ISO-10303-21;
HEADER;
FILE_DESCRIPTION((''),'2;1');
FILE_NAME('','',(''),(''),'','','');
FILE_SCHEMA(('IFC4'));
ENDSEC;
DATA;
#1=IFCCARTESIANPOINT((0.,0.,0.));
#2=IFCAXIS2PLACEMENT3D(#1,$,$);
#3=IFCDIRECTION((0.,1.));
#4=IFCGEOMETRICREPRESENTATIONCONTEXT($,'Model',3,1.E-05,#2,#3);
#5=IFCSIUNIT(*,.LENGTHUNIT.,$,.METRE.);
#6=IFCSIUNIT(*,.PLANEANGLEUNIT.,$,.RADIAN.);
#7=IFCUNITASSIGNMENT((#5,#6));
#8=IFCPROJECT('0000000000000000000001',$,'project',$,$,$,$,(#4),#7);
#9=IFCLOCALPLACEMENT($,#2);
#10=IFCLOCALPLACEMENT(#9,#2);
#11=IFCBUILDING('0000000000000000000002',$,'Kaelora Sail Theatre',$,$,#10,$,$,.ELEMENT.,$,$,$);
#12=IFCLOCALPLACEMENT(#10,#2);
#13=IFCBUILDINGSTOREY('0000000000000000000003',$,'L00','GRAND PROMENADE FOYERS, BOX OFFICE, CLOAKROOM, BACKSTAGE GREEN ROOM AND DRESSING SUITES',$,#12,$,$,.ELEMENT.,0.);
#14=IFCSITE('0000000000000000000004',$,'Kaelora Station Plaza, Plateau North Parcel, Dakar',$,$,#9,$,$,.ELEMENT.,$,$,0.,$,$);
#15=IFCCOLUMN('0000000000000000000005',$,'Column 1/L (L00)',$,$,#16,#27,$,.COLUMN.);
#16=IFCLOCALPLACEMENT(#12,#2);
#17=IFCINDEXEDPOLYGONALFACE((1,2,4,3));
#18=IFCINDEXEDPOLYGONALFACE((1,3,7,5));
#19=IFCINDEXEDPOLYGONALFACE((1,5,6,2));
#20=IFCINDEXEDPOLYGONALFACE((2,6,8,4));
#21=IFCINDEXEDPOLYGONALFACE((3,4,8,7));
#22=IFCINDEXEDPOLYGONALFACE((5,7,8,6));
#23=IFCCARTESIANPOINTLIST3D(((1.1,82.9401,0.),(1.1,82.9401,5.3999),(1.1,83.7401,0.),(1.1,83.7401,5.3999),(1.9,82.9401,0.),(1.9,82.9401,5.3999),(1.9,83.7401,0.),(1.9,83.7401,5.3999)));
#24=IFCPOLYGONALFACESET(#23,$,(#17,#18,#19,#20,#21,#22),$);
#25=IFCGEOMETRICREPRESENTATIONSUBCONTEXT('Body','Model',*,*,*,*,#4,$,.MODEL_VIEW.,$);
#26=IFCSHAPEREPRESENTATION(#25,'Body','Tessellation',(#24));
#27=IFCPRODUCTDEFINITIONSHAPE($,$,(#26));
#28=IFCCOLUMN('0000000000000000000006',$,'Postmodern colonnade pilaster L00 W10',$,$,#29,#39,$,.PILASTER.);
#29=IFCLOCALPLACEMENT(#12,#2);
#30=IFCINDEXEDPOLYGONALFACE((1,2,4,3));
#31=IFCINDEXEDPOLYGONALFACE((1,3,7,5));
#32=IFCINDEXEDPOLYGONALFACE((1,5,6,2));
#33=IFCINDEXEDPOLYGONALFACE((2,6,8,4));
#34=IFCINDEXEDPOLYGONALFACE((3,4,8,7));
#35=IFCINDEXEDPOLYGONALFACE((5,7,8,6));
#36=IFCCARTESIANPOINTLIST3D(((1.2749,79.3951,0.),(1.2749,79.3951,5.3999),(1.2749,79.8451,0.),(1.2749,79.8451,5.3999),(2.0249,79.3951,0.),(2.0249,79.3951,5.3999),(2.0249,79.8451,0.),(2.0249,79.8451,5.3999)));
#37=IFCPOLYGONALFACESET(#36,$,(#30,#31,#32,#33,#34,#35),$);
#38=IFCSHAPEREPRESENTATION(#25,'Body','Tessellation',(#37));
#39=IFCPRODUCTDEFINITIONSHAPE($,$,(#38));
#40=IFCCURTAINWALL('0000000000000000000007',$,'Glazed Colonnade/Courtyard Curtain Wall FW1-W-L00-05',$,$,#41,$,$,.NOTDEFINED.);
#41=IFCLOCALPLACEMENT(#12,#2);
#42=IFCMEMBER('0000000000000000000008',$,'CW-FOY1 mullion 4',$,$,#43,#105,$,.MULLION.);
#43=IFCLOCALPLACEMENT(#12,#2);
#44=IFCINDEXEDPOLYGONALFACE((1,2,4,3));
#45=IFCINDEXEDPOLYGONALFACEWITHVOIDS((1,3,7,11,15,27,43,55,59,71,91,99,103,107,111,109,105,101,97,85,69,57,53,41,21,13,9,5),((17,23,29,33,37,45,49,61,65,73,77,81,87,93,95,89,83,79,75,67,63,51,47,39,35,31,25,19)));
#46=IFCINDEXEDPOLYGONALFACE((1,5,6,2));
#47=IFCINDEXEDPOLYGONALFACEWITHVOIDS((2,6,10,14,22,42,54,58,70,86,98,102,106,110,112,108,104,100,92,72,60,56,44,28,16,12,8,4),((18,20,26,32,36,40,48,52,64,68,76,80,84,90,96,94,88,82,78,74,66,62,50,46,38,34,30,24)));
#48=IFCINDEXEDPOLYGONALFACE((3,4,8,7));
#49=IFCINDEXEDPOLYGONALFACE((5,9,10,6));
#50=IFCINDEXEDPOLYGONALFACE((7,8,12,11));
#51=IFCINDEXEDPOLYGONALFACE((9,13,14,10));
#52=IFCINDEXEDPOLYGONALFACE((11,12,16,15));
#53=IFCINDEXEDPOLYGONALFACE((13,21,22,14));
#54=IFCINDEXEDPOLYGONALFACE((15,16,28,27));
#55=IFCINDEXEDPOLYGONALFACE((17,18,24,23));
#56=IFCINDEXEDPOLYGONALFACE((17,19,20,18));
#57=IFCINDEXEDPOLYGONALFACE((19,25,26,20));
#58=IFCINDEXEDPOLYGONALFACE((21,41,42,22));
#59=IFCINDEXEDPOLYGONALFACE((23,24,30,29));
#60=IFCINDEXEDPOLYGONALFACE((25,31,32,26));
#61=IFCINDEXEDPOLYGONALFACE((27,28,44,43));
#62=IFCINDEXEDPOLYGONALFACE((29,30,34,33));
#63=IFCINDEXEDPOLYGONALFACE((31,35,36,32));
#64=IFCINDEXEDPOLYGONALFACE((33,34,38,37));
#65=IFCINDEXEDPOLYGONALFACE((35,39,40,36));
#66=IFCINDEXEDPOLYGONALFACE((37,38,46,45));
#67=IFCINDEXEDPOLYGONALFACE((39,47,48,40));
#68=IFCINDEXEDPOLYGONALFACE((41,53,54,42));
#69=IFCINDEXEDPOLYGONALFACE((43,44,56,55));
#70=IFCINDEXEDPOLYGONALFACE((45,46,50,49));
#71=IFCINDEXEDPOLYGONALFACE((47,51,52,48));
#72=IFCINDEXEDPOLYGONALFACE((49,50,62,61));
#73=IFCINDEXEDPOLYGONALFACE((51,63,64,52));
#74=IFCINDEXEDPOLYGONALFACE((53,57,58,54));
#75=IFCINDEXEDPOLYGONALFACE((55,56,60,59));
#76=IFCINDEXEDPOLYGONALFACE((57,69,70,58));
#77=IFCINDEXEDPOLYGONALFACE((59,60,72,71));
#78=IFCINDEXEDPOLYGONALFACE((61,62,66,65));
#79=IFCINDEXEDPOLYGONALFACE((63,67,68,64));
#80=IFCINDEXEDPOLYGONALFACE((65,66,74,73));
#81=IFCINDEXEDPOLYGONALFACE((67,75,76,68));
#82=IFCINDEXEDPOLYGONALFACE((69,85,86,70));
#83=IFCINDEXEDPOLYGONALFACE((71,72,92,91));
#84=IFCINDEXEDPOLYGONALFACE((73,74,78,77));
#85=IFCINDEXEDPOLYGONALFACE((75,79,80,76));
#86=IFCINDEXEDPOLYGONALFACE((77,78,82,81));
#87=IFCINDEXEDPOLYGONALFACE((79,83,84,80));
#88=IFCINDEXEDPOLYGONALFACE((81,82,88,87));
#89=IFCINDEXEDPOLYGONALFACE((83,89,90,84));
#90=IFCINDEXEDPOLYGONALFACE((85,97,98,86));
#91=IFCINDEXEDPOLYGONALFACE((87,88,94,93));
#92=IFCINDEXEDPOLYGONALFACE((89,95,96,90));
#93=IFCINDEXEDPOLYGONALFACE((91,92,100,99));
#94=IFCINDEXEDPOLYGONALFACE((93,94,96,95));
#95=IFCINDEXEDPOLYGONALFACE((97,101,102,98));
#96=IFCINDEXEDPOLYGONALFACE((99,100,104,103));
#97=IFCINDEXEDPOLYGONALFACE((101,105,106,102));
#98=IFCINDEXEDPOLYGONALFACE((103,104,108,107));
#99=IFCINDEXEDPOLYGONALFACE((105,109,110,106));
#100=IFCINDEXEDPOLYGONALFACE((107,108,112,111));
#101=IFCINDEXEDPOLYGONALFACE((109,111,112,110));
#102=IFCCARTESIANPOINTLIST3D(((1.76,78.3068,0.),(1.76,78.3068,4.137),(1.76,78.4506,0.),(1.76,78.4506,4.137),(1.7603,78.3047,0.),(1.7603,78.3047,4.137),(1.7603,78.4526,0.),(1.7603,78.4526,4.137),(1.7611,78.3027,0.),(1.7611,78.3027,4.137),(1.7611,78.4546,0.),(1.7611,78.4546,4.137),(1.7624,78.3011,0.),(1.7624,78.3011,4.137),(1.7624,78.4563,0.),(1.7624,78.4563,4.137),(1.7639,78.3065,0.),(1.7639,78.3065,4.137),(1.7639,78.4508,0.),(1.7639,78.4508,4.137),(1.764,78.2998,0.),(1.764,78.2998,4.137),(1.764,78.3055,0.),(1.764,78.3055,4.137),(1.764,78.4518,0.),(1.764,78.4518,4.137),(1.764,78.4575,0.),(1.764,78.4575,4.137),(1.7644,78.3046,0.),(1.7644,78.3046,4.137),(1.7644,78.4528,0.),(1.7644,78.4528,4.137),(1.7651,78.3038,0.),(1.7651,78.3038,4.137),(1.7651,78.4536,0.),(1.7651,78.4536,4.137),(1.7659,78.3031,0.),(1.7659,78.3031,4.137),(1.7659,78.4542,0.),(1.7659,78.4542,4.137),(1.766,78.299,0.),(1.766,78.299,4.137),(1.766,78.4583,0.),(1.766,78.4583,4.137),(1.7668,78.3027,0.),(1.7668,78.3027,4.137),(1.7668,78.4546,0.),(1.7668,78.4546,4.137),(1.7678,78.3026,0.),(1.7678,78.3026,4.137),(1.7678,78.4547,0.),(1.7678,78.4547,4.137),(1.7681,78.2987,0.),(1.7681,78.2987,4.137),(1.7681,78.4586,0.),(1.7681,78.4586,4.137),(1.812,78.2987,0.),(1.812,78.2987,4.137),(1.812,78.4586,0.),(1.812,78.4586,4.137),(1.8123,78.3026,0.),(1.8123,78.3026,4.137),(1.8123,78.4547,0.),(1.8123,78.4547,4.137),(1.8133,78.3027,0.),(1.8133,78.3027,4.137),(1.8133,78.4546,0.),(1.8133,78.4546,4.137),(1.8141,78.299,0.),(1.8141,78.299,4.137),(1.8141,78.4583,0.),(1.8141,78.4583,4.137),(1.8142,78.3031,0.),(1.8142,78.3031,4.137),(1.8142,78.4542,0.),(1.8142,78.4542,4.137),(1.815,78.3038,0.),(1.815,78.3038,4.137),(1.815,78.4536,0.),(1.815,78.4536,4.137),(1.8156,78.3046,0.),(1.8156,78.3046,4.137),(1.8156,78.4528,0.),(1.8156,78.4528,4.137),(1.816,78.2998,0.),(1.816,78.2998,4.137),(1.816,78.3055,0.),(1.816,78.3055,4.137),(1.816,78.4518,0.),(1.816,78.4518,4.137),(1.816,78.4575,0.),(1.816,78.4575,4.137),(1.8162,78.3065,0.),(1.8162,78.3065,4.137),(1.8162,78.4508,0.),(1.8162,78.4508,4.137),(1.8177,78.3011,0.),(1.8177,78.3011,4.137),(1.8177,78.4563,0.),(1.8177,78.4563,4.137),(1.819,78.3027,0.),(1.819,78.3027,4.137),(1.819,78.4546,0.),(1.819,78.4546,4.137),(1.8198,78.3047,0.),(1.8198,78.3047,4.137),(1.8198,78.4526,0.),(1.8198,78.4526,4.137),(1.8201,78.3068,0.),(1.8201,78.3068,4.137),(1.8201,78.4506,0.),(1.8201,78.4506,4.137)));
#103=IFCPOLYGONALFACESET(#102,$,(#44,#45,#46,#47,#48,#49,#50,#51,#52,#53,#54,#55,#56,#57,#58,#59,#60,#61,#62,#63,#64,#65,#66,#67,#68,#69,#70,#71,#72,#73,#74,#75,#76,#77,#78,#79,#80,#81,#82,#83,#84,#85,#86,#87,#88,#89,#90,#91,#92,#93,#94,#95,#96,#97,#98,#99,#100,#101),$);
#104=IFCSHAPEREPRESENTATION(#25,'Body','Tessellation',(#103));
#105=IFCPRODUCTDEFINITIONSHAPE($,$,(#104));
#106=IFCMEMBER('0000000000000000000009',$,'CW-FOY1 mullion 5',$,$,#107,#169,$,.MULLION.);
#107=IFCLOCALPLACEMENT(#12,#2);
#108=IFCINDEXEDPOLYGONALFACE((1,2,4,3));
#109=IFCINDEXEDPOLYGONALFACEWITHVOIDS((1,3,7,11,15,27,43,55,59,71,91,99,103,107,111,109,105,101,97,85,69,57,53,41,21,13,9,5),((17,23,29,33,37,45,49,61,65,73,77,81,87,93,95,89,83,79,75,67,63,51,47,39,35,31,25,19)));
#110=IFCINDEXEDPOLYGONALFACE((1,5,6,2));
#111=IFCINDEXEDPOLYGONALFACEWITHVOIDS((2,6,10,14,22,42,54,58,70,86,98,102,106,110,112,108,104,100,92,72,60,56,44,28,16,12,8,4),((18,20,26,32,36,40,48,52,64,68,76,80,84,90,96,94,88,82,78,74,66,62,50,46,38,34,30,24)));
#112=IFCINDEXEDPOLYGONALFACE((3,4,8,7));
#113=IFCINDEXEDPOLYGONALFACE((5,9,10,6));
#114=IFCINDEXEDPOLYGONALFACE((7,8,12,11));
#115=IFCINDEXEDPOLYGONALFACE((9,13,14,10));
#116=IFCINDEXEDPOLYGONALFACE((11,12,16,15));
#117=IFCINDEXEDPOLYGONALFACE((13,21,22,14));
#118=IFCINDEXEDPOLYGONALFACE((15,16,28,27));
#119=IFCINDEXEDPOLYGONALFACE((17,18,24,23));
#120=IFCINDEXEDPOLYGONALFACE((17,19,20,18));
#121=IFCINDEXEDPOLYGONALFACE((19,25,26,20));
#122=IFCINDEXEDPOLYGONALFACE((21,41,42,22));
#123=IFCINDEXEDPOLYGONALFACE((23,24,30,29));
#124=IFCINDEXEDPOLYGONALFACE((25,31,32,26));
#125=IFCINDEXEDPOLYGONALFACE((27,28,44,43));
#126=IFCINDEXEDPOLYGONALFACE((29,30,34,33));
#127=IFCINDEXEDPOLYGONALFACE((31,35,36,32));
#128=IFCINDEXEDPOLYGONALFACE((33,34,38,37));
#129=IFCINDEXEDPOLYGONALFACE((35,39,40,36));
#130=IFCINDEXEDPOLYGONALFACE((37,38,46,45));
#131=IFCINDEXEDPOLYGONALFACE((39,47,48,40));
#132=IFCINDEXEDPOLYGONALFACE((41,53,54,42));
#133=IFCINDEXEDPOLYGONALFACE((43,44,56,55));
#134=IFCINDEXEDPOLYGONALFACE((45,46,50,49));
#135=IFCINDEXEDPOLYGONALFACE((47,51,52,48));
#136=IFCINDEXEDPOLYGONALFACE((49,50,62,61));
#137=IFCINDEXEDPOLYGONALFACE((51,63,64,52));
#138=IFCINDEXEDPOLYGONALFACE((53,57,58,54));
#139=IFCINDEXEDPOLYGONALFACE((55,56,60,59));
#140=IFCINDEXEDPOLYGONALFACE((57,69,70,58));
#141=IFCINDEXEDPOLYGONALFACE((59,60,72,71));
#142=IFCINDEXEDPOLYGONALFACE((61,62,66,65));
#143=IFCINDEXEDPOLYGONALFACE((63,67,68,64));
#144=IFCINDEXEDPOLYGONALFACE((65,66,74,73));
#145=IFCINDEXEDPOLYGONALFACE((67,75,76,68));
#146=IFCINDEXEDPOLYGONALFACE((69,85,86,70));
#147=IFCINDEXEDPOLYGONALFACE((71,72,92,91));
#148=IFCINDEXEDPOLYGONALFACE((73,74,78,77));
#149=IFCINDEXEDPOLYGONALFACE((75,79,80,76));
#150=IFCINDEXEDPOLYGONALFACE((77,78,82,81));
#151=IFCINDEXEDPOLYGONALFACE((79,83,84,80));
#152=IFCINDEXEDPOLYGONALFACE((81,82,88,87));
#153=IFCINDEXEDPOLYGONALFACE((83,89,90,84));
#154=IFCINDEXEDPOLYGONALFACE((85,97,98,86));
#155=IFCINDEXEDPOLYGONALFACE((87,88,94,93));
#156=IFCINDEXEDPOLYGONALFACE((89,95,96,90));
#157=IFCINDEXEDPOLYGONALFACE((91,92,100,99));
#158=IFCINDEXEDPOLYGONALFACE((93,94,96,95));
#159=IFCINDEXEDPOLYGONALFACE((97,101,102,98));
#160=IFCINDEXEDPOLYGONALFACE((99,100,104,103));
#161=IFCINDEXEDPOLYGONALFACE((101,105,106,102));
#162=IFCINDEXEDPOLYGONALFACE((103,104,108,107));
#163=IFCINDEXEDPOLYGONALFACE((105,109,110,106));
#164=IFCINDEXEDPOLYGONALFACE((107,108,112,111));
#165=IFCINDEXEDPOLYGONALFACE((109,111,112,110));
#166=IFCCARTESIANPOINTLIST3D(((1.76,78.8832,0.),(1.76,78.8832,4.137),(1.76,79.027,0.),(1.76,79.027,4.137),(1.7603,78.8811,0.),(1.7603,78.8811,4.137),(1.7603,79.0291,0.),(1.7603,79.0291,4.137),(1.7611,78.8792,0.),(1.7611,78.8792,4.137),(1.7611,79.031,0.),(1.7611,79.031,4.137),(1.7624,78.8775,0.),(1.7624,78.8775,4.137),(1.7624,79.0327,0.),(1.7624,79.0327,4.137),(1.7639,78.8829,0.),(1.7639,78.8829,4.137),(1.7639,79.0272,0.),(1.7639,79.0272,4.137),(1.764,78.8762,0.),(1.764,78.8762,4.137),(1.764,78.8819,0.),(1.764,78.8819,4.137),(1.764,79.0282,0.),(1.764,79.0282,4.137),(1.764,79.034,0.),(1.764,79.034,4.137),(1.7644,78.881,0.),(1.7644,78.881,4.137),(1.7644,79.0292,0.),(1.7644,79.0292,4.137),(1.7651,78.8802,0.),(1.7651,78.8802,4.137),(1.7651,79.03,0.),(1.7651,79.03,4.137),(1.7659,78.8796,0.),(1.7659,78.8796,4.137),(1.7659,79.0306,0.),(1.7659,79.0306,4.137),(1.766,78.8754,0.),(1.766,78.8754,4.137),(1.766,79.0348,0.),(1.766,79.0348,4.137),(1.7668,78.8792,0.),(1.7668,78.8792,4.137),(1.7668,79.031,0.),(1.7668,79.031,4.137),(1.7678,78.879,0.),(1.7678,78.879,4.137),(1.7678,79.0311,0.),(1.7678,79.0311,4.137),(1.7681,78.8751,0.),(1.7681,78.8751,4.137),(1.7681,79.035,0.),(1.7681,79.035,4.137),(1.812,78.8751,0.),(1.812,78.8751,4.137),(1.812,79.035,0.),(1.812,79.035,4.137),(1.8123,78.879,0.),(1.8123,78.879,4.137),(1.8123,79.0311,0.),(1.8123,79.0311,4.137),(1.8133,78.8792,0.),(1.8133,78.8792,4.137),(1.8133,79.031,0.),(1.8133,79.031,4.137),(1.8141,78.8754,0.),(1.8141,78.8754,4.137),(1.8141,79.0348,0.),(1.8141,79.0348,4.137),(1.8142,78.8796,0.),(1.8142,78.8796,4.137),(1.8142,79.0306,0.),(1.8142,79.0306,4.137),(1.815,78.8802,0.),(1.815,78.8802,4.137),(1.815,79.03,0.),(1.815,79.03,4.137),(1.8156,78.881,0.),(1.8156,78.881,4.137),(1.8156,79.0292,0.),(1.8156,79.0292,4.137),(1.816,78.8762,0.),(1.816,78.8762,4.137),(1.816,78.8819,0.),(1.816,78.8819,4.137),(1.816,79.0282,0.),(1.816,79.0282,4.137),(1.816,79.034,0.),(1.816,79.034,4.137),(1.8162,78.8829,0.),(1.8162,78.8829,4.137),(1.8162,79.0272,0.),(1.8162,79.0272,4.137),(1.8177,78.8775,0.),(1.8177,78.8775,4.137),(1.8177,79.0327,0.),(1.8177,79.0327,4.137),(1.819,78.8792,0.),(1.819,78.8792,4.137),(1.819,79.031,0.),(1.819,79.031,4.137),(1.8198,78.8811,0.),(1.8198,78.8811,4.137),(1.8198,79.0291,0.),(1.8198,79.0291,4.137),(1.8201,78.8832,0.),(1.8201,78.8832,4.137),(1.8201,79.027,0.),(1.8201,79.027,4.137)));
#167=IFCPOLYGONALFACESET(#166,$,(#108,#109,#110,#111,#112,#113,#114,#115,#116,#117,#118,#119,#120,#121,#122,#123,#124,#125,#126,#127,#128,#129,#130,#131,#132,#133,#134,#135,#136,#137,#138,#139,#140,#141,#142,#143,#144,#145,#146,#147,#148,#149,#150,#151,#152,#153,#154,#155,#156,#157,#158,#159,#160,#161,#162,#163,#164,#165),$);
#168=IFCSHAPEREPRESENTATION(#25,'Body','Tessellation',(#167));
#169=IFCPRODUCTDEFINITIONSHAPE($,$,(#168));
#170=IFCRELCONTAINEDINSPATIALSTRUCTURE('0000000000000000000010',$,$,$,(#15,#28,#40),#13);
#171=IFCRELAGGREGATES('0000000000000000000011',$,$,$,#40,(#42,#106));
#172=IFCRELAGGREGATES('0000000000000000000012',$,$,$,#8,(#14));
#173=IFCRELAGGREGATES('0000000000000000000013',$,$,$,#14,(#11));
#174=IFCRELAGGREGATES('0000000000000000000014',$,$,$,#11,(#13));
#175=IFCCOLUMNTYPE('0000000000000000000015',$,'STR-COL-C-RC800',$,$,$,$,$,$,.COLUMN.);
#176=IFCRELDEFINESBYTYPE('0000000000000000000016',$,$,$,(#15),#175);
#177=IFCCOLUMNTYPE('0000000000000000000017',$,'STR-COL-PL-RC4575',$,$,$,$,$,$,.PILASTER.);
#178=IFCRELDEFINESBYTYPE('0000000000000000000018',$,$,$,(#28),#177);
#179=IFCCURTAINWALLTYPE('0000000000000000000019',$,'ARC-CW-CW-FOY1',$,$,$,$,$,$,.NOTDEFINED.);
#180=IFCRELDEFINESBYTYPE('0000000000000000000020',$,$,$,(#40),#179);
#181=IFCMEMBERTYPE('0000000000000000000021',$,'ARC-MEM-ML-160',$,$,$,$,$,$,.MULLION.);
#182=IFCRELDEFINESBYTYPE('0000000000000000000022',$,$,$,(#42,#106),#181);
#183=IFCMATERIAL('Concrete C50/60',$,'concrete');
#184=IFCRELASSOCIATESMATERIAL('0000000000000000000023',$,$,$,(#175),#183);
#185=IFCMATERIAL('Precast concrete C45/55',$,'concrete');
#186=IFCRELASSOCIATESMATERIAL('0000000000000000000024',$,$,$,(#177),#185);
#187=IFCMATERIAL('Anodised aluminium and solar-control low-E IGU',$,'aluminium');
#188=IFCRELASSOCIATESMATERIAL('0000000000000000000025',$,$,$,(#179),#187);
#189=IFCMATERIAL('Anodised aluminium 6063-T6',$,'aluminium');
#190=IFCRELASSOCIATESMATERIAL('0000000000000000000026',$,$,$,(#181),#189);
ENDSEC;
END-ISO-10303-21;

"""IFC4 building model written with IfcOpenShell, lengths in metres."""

from ifc_helpers import new_model, si_unit, direction, frame, origin, origin_2d, place, context, subcontext, project, spatial, rectangle, hollow_rectangle, extrude, material, material_profile, profile_set, type_object, element, aggregate, save


model = new_model("IFC4")

# Units and contexts
model_context = context("Model", 3, precision=1e-05, world=origin(), true_north=direction((0.0, 1.0)))
body_context = subcontext(model_context, "Body", "Model", "MODEL_VIEW")
ifc_project = project(units=[si_unit("LENGTHUNIT", "METRE"), si_unit("PLANEANGLEUNIT", "RADIAN")], contexts=[model_context])

# Site, building, storey
site_placement = place(None, origin())
site = spatial("IfcSite", under=ifc_project, at=site_placement, Name="Kaelora Station Plaza, Plateau North Parcel, Dakar", CompositionType="ELEMENT", RefElevation=0.0)
building_placement = place(site_placement, origin())
building = spatial("IfcBuilding", under=site, at=building_placement, Name="Kaelora Sail Theatre", CompositionType="ELEMENT")
storey_placement = place(building_placement, origin())
storey = spatial("IfcBuildingStorey", under=building, at=storey_placement, Name="L00", Description="GRAND PROMENADE FOYERS, BOX OFFICE, CLOAKROOM, BACKSTAGE GREEN ROOM AND DRESSING SUITES", CompositionType="ELEMENT", Elevation=0.0)

# Columns
ifc_material_1 = material(Name="Concrete C50/60", Category="concrete")
ifc_material_profile_1 = material_profile(ifc_material_1, rectangle(XDim=0.8, YDim=0.8, at=origin_2d()), Name="RC-COL 800x800")
ifc_profile_set_1 = profile_set([ifc_material_profile_1], Name="Concrete C50/60")
column_type_1 = type_object("IfcColumnType", Name="STR-COL-C-RC800", PredefinedType="COLUMN", material=ifc_profile_set_1)
column_1_placement = place(storey_placement, frame((1.5, 83.3401, 0.0), z_axis=(0.0, 0.0, 1.0), x_axis=(1.0, 0.0, 0.0)))
element("IfcColumn", 1, at=column_1_placement, inside=storey, type_object=column_type_1, Name="Column 1/L (L00)", PredefinedType="COLUMN", context=body_context, shape_type="SweptSolid", body=[
    extrude(rectangle(XDim=0.8, YDim=0.8, at=origin_2d()), origin(), (0.0, 0.0, 1.0), 5.3999),
])
ifc_material_2 = material(Name="Precast concrete C45/55", Category="concrete")
ifc_material_profile_2 = material_profile(ifc_material_2, rectangle(XDim=0.45, YDim=0.75, at=origin_2d()), Name="RC-PIL 450x750")
ifc_profile_set_2 = profile_set([ifc_material_profile_2], Name="Precast concrete C45/55")
column_type_2 = type_object("IfcColumnType", Name="STR-COL-PL-RC4575", PredefinedType="PILASTER", material=ifc_profile_set_2)
column_2_placement = place(storey_placement, frame((1.6499, 79.6201, 0.0), z_axis=(0.0, 0.0, 1.0), x_axis=(0.0, 1.0, 0.0)))
element("IfcColumn", 2, at=column_2_placement, inside=storey, type_object=column_type_2, Name="Postmodern colonnade pilaster L00 W10", PredefinedType="PILASTER", context=body_context, shape_type="SweptSolid", body=[
    extrude(rectangle(XDim=0.45, YDim=0.75, at=origin_2d()), origin(), (0.0, 0.0, 1.0), 5.3999),
])

# Curtain wall, members
ifc_material_3 = material(Name="Anodised aluminium and solar-control low-E IGU", Category="aluminium")
curtain_wall_type = type_object("IfcCurtainWallType", Name="ARC-CW-CW-FOY1", PredefinedType="NOTDEFINED", material=ifc_material_3)
curtain_wall_1_placement = place(storey_placement, origin())
curtain_wall_1 = element("IfcCurtainWall", 3, at=curtain_wall_1_placement, inside=storey, type_object=curtain_wall_type, Name="Glazed Colonnade/Courtyard Curtain Wall FW1-W-L00-05", PredefinedType="NOTDEFINED")
ifc_material_4 = material(Name="Anodised aluminium 6063-T6", Category="aluminium")
ifc_material_profile_3 = material_profile(ifc_material_4, hollow_rectangle(XDim=0.0601, YDim=0.1599, WallThickness=0.0039, InnerFilletRadius=0.0039, OuterFilletRadius=0.0081, at=origin_2d()), Name="ALU-MULL 60x160x4")
ifc_profile_set_3 = profile_set([ifc_material_profile_3], Name="Anodised aluminium 6063-T6")
member_type_1 = type_object("IfcMemberType", Name="ARC-MEM-ML-160", PredefinedType="MULLION", material=ifc_profile_set_3)
member_1_placement = place(storey_placement, frame((1.79, 78.3787, 0.0), z_axis=(0.0, 0.0, 1.0), x_axis=(-1.0, 0.0, 0.0)))
member_1 = element("IfcMember", 4, at=member_1_placement, type_object=member_type_1, Name="CW-FOY1 mullion 4", PredefinedType="MULLION", context=body_context, shape_type="SweptSolid", body=[
    extrude(hollow_rectangle(XDim=0.0601, YDim=0.1599, WallThickness=0.0039, InnerFilletRadius=0.0039, OuterFilletRadius=0.0081, at=origin_2d()), origin(), (0.0, 0.0, 1.0), 4.137),
])
member_2_placement = place(storey_placement, frame((1.79, 78.9551, 0.0), z_axis=(0.0, 0.0, 1.0), x_axis=(-1.0, 0.0, 0.0)))
member_2 = element("IfcMember", 5, at=member_2_placement, type_object=member_type_1, Name="CW-FOY1 mullion 5", PredefinedType="MULLION", context=body_context, shape_type="SweptSolid", body=[
    extrude(hollow_rectangle(XDim=0.0601, YDim=0.1599, WallThickness=0.0039, InnerFilletRadius=0.0039, OuterFilletRadius=0.0081, at=origin_2d()), origin(), (0.0, 0.0, 1.0), 4.137),
])

aggregate(curtain_wall_1, [member_1, member_2])

save(model, "model.ifc")
